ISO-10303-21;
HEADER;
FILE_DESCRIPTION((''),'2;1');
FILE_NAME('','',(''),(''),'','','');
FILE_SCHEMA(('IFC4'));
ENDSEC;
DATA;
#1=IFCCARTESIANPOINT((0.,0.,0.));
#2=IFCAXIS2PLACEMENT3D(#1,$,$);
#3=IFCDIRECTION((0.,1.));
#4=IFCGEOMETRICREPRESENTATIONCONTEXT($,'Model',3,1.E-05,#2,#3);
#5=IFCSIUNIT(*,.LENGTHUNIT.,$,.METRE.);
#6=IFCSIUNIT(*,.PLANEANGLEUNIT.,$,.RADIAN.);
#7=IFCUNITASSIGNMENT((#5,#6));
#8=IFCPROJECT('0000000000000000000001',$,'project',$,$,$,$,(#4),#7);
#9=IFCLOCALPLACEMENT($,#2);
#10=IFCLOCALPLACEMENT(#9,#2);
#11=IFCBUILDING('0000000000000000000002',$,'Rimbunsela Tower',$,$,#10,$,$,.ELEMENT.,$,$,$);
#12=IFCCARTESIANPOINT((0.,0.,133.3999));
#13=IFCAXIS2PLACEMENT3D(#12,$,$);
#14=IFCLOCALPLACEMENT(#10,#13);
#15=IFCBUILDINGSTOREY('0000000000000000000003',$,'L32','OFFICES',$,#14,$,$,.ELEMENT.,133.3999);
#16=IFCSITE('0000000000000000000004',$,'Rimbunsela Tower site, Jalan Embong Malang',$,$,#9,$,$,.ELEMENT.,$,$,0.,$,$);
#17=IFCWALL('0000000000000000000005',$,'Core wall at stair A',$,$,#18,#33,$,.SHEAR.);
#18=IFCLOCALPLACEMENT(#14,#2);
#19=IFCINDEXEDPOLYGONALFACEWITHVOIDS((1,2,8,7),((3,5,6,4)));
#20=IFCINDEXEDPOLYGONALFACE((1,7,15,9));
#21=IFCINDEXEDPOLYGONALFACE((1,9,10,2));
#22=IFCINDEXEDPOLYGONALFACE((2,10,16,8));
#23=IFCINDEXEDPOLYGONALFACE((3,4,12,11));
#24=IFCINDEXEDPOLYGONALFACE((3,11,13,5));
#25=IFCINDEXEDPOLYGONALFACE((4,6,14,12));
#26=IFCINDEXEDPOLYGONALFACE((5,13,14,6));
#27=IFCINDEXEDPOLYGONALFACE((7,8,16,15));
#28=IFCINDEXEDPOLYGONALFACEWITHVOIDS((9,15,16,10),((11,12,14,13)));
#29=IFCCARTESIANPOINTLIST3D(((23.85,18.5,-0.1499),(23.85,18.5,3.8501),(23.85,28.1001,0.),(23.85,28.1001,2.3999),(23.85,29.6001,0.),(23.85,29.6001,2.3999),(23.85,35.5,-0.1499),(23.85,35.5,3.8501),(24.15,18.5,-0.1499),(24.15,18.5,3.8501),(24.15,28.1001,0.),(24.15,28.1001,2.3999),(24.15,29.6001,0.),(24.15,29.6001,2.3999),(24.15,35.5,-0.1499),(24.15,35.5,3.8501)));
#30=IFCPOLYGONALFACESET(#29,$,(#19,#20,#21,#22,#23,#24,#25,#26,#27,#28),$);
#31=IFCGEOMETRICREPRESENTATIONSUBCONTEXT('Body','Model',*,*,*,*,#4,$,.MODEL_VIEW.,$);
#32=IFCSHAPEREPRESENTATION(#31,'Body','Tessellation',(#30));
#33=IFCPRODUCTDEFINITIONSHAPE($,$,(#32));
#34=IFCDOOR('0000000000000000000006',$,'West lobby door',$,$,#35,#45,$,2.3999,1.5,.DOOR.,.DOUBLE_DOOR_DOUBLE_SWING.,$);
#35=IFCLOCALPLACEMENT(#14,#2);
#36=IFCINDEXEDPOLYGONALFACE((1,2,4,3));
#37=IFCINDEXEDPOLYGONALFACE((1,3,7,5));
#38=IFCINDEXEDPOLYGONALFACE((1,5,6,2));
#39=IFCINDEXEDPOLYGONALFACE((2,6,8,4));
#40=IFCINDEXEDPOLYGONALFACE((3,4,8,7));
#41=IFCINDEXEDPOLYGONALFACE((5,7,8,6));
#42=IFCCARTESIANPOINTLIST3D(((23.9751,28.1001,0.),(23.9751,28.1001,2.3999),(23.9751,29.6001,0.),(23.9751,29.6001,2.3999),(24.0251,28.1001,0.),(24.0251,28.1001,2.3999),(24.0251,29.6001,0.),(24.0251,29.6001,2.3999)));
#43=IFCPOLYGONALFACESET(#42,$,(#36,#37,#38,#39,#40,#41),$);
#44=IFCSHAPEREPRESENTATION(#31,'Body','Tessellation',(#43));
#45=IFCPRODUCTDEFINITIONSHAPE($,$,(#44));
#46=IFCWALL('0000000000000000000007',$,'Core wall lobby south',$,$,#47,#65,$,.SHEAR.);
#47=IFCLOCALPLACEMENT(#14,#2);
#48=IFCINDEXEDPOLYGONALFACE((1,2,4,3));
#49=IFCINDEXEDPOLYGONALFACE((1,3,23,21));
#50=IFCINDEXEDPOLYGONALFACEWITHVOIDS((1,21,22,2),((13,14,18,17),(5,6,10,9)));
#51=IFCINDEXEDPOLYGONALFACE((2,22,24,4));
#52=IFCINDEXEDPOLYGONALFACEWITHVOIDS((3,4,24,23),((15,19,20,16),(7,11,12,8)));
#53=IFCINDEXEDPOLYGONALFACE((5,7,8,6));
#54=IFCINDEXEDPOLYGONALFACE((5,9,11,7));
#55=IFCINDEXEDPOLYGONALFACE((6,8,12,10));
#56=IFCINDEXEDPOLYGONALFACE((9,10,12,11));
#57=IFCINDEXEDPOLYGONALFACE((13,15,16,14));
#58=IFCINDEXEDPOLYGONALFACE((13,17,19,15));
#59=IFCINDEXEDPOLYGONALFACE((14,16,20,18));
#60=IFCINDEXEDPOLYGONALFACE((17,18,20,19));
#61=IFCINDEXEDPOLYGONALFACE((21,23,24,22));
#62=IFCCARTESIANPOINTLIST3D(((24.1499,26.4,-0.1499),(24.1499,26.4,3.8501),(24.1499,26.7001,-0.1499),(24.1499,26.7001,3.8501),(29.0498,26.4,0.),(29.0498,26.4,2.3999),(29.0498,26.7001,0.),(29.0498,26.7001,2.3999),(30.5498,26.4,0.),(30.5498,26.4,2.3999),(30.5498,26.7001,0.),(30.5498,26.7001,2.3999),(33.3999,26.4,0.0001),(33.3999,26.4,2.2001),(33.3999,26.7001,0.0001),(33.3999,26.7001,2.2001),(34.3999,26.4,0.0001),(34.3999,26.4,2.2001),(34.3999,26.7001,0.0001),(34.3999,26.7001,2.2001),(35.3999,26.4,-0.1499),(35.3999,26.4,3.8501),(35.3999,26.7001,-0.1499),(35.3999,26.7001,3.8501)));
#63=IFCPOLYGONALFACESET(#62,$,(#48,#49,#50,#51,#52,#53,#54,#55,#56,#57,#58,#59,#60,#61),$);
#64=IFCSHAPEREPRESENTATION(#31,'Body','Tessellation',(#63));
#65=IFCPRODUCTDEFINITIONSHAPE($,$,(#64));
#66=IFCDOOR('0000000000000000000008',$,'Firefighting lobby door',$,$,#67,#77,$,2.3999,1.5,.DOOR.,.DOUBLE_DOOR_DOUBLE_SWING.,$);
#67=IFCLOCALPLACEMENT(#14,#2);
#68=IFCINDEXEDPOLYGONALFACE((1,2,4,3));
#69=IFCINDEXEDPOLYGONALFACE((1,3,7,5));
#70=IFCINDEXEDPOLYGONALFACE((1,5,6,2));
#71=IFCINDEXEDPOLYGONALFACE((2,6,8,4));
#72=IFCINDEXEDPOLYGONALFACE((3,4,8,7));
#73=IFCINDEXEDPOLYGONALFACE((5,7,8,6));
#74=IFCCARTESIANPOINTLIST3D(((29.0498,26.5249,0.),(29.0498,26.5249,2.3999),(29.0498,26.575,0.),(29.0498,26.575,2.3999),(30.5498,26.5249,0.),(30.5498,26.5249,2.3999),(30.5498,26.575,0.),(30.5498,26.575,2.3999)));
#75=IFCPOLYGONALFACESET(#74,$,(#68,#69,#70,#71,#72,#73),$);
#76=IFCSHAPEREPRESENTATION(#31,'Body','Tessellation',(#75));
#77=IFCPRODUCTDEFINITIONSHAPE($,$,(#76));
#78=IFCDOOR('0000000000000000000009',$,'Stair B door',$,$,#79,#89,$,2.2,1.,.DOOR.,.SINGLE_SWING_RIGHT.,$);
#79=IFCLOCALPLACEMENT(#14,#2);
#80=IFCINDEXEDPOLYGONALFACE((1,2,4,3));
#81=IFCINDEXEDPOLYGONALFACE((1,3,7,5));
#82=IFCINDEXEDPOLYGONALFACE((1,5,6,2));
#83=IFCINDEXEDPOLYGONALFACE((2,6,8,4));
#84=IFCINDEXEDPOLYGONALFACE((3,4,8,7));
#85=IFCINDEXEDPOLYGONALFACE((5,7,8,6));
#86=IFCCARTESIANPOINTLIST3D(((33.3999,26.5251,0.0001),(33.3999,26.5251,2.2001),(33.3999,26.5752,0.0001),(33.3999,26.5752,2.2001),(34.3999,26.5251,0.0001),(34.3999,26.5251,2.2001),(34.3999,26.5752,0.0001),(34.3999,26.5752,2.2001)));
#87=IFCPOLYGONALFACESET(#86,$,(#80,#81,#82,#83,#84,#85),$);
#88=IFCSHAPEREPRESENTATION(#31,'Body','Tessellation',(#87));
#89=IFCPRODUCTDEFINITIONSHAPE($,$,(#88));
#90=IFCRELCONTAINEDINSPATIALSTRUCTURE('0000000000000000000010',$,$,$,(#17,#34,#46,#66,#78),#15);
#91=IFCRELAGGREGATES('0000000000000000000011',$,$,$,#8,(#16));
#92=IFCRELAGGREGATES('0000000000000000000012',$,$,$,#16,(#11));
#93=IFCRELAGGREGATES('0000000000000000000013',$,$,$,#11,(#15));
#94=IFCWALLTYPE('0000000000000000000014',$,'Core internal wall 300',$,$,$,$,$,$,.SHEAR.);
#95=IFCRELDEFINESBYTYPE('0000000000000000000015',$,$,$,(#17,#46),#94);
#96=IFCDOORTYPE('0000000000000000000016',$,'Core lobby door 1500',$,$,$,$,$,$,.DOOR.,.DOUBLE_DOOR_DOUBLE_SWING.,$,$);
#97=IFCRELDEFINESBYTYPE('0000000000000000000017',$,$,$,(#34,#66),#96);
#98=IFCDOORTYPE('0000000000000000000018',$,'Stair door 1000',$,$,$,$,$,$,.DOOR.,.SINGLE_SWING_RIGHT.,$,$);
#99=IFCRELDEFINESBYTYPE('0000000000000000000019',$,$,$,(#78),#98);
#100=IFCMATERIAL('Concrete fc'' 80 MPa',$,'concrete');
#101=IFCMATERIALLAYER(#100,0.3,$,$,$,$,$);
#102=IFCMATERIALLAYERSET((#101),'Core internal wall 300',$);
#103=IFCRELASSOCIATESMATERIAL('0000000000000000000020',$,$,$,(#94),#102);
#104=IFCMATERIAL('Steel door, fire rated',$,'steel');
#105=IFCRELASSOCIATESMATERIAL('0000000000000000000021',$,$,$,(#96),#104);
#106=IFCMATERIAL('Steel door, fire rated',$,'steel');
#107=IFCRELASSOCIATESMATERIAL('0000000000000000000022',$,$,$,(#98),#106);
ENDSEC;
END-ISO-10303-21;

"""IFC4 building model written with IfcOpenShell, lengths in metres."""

from ifc_helpers import new_model, si_unit, direction, frame, frame_2d, origin, place, context, subcontext, project, spatial, rectangle, extrude, material, layer, layer_set, type_object, element, fill, save


model = new_model("IFC4")

# Units and contexts
model_context = context("Model", 3, precision=1e-05, world=origin(), true_north=direction((0.0, 1.0)))
body_context = subcontext(model_context, "Body", "Model", "MODEL_VIEW")
ifc_project = project(units=[si_unit("LENGTHUNIT", "METRE"), si_unit("PLANEANGLEUNIT", "RADIAN")], contexts=[model_context])

# Site, building, storey
site_placement = place(None, origin())
site = spatial("IfcSite", under=ifc_project, at=site_placement, Name="Rimbunsela Tower site, Jalan Embong Malang", CompositionType="ELEMENT", RefElevation=0.0)
building_placement = place(site_placement, origin())
building = spatial("IfcBuilding", under=site, at=building_placement, Name="Rimbunsela Tower", CompositionType="ELEMENT")
storey_placement = place(building_placement, frame((0.0, 0.0, 133.3999)))
storey = spatial("IfcBuildingStorey", under=building, at=storey_placement, Name="L32", Description="OFFICES", CompositionType="ELEMENT", Elevation=133.3999)

# Wall, opening, door
ifc_material_1 = material(Name="Concrete fc' 80 MPa", Category="concrete")
ifc_layer_1 = layer(ifc_material_1, 0.3)
ifc_layer_set_1 = layer_set([ifc_layer_1], Name="Core internal wall 300")
wall_type_1 = type_object("IfcWallType", Name="Core internal wall 300", PredefinedType="SHEAR", material=ifc_layer_set_1)
wall_1_placement = place(storey_placement, frame((24.0, 18.5, -0.1499), z_axis=(0.0, 0.0, 1.0), x_axis=(0.0, 1.0, 0.0)))
wall_1 = element("IfcWall", 1, at=wall_1_placement, inside=storey, type_object=wall_type_1, Name="Core wall at stair A", PredefinedType="SHEAR", context=body_context, shape_type="SweptSolid", body=[
    extrude(rectangle(XDim=17.0, YDim=0.3, at=frame_2d((8.5, 0.0))), origin(), (0.0, 0.0, 1.0), 4.0),
])
opening_1_placement = place(wall_1_placement, frame((9.6001, 0.0, 0.1499)))
opening_1 = element("IfcOpeningElement", 2, at=opening_1_placement, cuts=wall_1, PredefinedType="OPENING", context=body_context, shape_type="SweptSolid", body=[
    extrude(rectangle(XDim=1.5, YDim=2.3999, at=frame_2d((0.75, 1.2))), frame((0.0, 0.1599, 0.0), z_axis=(0.0, -1.0, 0.0), x_axis=(1.0, 0.0, 0.0)), (0.0, 0.0, 1.0), 0.3201),
])
ifc_material_2 = material(Name="Steel door, fire rated", Category="steel")
door_type_1 = type_object("IfcDoorType", Name="Core lobby door 1500", OperationType="DOUBLE_DOOR_DOUBLE_SWING", PredefinedType="DOOR", material=ifc_material_2)
door_1_placement = place(opening_1_placement, origin())
door_1 = element("IfcDoor", 3, at=door_1_placement, inside=storey, type_object=door_type_1, Name="West lobby door", OperationType="DOUBLE_DOOR_DOUBLE_SWING", OverallHeight=2.3999, OverallWidth=1.5, PredefinedType="DOOR", context=body_context, shape_type="SweptSolid", body=[
    extrude(rectangle(XDim=1.5, YDim=2.3999, at=frame_2d((0.75, 1.2))), frame((0.0, 0.0249, 0.0), z_axis=(0.0, -1.0, 0.0), x_axis=(1.0, 0.0, 0.0)), (0.0, 0.0, 1.0), 0.05),
])
fill(opening_1, door_1)

# Wall, openings, doors
wall_2_placement = place(storey_placement, frame((24.1499, 26.55, -0.1499), z_axis=(0.0, 0.0, 1.0), x_axis=(1.0, 0.0, 0.0)))
wall_2 = element("IfcWall", 4, at=wall_2_placement, inside=storey, type_object=wall_type_1, Name="Core wall lobby south", PredefinedType="SHEAR", context=body_context, shape_type="SweptSolid", body=[
    extrude(rectangle(XDim=11.25, YDim=0.3, at=frame_2d((5.625, 0.0))), origin(), (0.0, 0.0, 1.0), 4.0),
])
opening_2_placement = place(wall_2_placement, frame((9.25, 0.0, 0.1499)))
opening_2 = element("IfcOpeningElement", 5, at=opening_2_placement, cuts=wall_2, PredefinedType="OPENING", context=body_context, shape_type="SweptSolid", body=[
    extrude(rectangle(XDim=1.0, YDim=2.2, at=frame_2d((0.5, 1.1001))), frame((0.0, 0.1599, 0.0), z_axis=(0.0, -1.0, 0.0), x_axis=(1.0, 0.0, 0.0)), (0.0, 0.0, 1.0), 0.3201),
])
opening_3_placement = place(wall_2_placement, frame((4.8999, 0.0, 0.1499)))
opening_3 = element("IfcOpeningElement", 6, at=opening_3_placement, cuts=wall_2, PredefinedType="OPENING", context=body_context, shape_type="SweptSolid", body=[
    extrude(rectangle(XDim=1.5, YDim=2.3999, at=frame_2d((0.75, 1.2))), frame((0.0, 0.1599, 0.0), z_axis=(0.0, -1.0, 0.0), x_axis=(1.0, 0.0, 0.0)), (0.0, 0.0, 1.0), 0.3201),
])
door_2_placement = place(opening_3_placement, origin())
door_2 = element("IfcDoor", 7, at=door_2_placement, inside=storey, type_object=door_type_1, Name="Firefighting lobby door", OperationType="DOUBLE_DOOR_DOUBLE_SWING", OverallHeight=2.3999, OverallWidth=1.5, PredefinedType="DOOR", context=body_context, shape_type="SweptSolid", body=[
    extrude(rectangle(XDim=1.5, YDim=2.3999, at=frame_2d((0.75, 1.2))), frame((0.0, 0.0249, 0.0), z_axis=(0.0, -1.0, 0.0), x_axis=(1.0, 0.0, 0.0)), (0.0, 0.0, 1.0), 0.05),
])
fill(opening_3, door_2)
ifc_material_3 = material(Name="Steel door, fire rated", Category="steel")
door_type_2 = type_object("IfcDoorType", Name="Stair door 1000", OperationType="SINGLE_SWING_RIGHT", PredefinedType="DOOR", material=ifc_material_3)
door_3_placement = place(opening_2_placement, frame((1.0, 0.0, 0.0), z_axis=(0.0, 0.0, 1.0), x_axis=(-1.0, 0.0, 0.0)))
door_3 = element("IfcDoor", 8, at=door_3_placement, inside=storey, type_object=door_type_2, Name="Stair B door", OperationType="SINGLE_SWING_RIGHT", OverallHeight=2.2, OverallWidth=1.0, PredefinedType="DOOR", context=body_context, shape_type="SweptSolid", body=[
    extrude(rectangle(XDim=1.0, YDim=2.2, at=frame_2d((0.5, 1.1001))), frame((0.0, 0.0249, 0.0), z_axis=(0.0, -1.0, 0.0), x_axis=(1.0, 0.0, 0.0)), (0.0, 0.0, 1.0), 0.05),
])
fill(opening_2, door_3)

save(model, "model.ifc")
